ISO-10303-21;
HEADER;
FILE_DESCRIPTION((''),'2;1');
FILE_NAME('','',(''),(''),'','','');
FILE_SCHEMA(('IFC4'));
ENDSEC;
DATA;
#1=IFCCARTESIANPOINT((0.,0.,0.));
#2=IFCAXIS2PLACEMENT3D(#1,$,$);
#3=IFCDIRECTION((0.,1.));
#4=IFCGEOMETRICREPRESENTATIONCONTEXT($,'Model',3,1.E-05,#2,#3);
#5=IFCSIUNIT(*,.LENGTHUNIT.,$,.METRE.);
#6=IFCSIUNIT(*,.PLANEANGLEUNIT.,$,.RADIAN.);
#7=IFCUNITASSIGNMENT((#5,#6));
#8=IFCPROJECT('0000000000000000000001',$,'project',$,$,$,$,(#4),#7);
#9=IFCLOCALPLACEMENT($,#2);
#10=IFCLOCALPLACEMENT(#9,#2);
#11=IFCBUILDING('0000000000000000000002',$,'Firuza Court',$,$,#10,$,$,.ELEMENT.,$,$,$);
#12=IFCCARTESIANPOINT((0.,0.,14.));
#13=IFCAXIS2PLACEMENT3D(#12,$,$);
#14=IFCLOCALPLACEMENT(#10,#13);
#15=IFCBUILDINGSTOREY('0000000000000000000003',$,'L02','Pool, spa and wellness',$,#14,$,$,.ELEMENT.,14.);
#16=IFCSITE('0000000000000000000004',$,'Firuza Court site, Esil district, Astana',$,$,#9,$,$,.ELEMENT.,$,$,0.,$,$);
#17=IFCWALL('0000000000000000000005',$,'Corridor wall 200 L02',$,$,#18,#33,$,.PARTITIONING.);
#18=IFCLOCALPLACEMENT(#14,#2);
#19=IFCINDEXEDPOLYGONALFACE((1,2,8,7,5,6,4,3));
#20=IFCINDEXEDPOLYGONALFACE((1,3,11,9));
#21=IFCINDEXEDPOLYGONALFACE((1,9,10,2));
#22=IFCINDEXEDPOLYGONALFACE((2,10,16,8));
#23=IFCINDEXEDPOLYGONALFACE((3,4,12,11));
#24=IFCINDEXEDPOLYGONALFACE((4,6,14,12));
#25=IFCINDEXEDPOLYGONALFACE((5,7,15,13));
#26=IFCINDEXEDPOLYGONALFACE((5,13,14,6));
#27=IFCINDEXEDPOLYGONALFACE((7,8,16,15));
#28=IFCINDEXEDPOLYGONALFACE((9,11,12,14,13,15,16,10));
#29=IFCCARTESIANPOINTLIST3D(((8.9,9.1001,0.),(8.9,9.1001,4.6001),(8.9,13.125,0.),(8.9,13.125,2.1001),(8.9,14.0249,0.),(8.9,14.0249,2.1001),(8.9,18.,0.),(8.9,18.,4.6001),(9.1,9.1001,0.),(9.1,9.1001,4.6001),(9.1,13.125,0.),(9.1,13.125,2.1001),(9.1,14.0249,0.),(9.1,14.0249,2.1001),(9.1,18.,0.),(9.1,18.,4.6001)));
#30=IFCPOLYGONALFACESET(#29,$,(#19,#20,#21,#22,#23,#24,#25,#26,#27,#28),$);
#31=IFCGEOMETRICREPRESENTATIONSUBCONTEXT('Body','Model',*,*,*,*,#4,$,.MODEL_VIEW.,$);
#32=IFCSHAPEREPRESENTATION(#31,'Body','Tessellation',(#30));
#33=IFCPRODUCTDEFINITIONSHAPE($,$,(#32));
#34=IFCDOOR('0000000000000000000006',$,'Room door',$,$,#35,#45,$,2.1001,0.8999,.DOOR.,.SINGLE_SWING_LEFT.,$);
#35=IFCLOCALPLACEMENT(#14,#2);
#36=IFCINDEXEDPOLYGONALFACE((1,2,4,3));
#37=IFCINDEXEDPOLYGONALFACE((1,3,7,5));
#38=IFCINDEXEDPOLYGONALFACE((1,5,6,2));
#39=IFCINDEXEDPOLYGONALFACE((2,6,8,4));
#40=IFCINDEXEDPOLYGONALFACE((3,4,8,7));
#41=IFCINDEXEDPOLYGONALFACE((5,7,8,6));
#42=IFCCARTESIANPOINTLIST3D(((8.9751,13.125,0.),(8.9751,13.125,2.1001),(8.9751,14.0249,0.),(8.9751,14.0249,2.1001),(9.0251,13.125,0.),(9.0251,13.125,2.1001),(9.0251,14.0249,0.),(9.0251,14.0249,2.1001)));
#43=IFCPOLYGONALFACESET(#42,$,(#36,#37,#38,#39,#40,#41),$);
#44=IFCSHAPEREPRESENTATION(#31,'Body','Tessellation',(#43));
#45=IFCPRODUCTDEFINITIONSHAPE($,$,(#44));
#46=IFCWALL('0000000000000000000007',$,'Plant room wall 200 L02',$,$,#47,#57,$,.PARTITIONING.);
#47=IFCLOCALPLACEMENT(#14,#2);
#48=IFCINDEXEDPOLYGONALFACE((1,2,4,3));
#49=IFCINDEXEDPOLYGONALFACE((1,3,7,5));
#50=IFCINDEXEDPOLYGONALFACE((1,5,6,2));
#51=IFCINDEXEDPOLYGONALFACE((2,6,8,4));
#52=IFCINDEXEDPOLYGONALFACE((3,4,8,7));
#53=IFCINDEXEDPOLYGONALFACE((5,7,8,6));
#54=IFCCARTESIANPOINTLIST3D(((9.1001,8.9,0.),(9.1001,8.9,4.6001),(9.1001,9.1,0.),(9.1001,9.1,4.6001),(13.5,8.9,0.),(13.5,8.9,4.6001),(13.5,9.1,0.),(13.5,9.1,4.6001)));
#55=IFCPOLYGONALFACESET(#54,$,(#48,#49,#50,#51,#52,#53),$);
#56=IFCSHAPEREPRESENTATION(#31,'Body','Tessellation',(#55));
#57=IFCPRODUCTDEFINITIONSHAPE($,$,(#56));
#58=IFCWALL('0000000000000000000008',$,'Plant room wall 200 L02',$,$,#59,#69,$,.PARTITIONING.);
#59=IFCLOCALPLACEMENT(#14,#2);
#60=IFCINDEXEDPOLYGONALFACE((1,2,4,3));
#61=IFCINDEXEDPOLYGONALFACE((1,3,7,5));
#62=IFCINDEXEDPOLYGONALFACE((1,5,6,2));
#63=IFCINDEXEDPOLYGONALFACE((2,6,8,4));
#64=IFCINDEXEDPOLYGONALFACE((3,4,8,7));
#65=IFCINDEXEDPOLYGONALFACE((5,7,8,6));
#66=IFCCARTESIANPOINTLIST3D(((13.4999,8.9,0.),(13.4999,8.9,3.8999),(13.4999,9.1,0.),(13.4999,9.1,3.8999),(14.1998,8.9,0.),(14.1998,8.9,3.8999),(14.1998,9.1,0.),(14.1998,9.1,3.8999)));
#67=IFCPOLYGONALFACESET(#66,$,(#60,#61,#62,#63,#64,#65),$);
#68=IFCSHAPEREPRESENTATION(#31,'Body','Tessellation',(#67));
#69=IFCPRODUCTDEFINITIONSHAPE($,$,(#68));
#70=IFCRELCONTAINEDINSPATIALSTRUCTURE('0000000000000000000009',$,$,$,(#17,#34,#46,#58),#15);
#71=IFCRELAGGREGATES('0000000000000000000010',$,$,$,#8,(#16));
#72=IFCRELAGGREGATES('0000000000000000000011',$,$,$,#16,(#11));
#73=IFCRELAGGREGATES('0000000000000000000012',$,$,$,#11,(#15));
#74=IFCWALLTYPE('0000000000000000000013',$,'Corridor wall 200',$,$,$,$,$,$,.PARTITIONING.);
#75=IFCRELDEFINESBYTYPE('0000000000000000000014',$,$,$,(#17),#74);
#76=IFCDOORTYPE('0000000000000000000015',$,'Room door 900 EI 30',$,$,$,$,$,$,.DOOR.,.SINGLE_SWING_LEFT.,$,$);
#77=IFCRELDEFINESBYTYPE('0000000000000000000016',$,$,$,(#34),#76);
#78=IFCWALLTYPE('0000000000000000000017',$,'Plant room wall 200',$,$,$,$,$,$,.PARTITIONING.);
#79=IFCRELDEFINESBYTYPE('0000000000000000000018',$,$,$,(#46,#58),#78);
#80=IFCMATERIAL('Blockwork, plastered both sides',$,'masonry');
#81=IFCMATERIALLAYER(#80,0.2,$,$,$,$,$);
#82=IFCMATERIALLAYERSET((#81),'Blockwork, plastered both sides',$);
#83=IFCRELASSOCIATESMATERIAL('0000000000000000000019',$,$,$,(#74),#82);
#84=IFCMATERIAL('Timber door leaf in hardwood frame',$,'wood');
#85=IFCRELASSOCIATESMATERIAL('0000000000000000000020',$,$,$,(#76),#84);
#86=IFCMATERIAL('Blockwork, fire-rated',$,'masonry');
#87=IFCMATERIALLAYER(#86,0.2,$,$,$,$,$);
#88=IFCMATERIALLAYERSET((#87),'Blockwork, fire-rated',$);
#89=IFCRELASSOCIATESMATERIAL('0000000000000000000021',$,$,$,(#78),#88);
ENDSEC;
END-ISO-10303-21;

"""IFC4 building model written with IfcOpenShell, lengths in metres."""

from ifc_helpers import new_model, si_unit, direction, frame, frame_2d, origin, place, context, subcontext, project, spatial, rectangle, extrude, material, layer, layer_set, type_object, element, fill, save


model = new_model("IFC4")

# Units and contexts
model_context = context("Model", 3, precision=1e-05, world=origin(), true_north=direction((0.0, 1.0)))
body_context = subcontext(model_context, "Body", "Model", "MODEL_VIEW")
ifc_project = project(units=[si_unit("LENGTHUNIT", "METRE"), si_unit("PLANEANGLEUNIT", "RADIAN")], contexts=[model_context])

# Site, building, storey
site_placement = place(None, origin())
site = spatial("IfcSite", under=ifc_project, at=site_placement, Name="Firuza Court site, Esil district, Astana", CompositionType="ELEMENT", RefElevation=0.0)
building_placement = place(site_placement, origin())
building = spatial("IfcBuilding", under=site, at=building_placement, Name="Firuza Court", CompositionType="ELEMENT")
storey_placement = place(building_placement, frame((0.0, 0.0, 14.0)))
storey = spatial("IfcBuildingStorey", under=building, at=storey_placement, Name="L02", Description="Pool, spa and wellness", CompositionType="ELEMENT", Elevation=14.0)

# Wall, opening, door
ifc_material_1 = material(Name="Blockwork, plastered both sides", Category="masonry")
ifc_layer_1 = layer(ifc_material_1, 0.2)
ifc_layer_set_1 = layer_set([ifc_layer_1], Name="Blockwork, plastered both sides")
wall_type_1 = type_object("IfcWallType", Name="Corridor wall 200", PredefinedType="PARTITIONING", material=ifc_layer_set_1)
wall_1_placement = place(storey_placement, frame((9.0, 9.1001, 0.0), z_axis=(0.0, 0.0, 1.0), x_axis=(0.0, 1.0, 0.0)))
wall_1 = element("IfcWall", 1, at=wall_1_placement, inside=storey, type_object=wall_type_1, Name="Corridor wall 200 L02", PredefinedType="PARTITIONING", context=body_context, shape_type="SweptSolid", body=[
    extrude(rectangle(XDim=8.8999, YDim=0.2, at=frame_2d((4.45, 0.0))), origin(), (0.0, 0.0, 1.0), 4.6001),
])
opening_1_placement = place(wall_1_placement, frame((4.0249, 0.0, 0.0)))
opening_1 = element("IfcOpeningElement", 2, at=opening_1_placement, cuts=wall_1, PredefinedType="OPENING", context=body_context, shape_type="SweptSolid", body=[
    extrude(rectangle(XDim=0.8999, YDim=2.1001, at=frame_2d((0.45, 1.05))), frame((0.0, 0.1118, 0.0), z_axis=(0.0, -1.0, 0.0), x_axis=(1.0, 0.0, 0.0)), (0.0, 0.0, 1.0), 0.2239),
])
ifc_material_2 = material(Name="Timber door leaf in hardwood frame", Category="wood")
door_type_1 = type_object("IfcDoorType", Name="Room door 900 EI 30", OperationType="SINGLE_SWING_LEFT", PredefinedType="DOOR", material=ifc_material_2)
door_1_placement = place(opening_1_placement, origin())
door_1 = element("IfcDoor", 3, at=door_1_placement, inside=storey, type_object=door_type_1, Name="Room door", OperationType="SINGLE_SWING_LEFT", OverallHeight=2.1001, OverallWidth=0.8999, PredefinedType="DOOR", context=body_context, shape_type="SweptSolid", body=[
    extrude(rectangle(XDim=0.8999, YDim=2.1001, at=frame_2d((0.45, 1.05))), frame((0.0, 0.0249, 0.0), z_axis=(0.0, -1.0, 0.0), x_axis=(1.0, 0.0, 0.0)), (0.0, 0.0, 1.0), 0.05),
])
fill(opening_1, door_1)

# Walls
ifc_material_3 = material(Name="Blockwork, fire-rated", Category="masonry")
ifc_layer_2 = layer(ifc_material_3, 0.2)
ifc_layer_set_2 = layer_set([ifc_layer_2], Name="Blockwork, fire-rated")
wall_type_2 = type_object("IfcWallType", Name="Plant room wall 200", PredefinedType="PARTITIONING", material=ifc_layer_set_2)
wall_2_placement = place(storey_placement, frame((13.5, 9.0, 0.0), z_axis=(0.0, 0.0, 1.0), x_axis=(-1.0, 0.0, 0.0)))
element("IfcWall", 4, at=wall_2_placement, inside=storey, type_object=wall_type_2, Name="Plant room wall 200 L02", PredefinedType="PARTITIONING", context=body_context, shape_type="SweptSolid", body=[
    extrude(rectangle(XDim=4.3999, YDim=0.2, at=frame_2d((2.2, 0.0))), origin(), (0.0, 0.0, 1.0), 4.6001),
])
wall_3_placement = place(storey_placement, frame((14.2, 9.0, 0.0), z_axis=(0.0, 0.0, 1.0), x_axis=(-1.0, 0.0, 0.0)))
element("IfcWall", 5, at=wall_3_placement, inside=storey, type_object=wall_type_2, Name="Plant room wall 200 L02", PredefinedType="PARTITIONING", context=body_context, shape_type="SweptSolid", body=[
    extrude(rectangle(XDim=0.7, YDim=0.2, at=frame_2d((0.3501, 0.0))), origin(), (0.0, 0.0, 1.0), 3.8999),
])

save(model, "model.ifc")
